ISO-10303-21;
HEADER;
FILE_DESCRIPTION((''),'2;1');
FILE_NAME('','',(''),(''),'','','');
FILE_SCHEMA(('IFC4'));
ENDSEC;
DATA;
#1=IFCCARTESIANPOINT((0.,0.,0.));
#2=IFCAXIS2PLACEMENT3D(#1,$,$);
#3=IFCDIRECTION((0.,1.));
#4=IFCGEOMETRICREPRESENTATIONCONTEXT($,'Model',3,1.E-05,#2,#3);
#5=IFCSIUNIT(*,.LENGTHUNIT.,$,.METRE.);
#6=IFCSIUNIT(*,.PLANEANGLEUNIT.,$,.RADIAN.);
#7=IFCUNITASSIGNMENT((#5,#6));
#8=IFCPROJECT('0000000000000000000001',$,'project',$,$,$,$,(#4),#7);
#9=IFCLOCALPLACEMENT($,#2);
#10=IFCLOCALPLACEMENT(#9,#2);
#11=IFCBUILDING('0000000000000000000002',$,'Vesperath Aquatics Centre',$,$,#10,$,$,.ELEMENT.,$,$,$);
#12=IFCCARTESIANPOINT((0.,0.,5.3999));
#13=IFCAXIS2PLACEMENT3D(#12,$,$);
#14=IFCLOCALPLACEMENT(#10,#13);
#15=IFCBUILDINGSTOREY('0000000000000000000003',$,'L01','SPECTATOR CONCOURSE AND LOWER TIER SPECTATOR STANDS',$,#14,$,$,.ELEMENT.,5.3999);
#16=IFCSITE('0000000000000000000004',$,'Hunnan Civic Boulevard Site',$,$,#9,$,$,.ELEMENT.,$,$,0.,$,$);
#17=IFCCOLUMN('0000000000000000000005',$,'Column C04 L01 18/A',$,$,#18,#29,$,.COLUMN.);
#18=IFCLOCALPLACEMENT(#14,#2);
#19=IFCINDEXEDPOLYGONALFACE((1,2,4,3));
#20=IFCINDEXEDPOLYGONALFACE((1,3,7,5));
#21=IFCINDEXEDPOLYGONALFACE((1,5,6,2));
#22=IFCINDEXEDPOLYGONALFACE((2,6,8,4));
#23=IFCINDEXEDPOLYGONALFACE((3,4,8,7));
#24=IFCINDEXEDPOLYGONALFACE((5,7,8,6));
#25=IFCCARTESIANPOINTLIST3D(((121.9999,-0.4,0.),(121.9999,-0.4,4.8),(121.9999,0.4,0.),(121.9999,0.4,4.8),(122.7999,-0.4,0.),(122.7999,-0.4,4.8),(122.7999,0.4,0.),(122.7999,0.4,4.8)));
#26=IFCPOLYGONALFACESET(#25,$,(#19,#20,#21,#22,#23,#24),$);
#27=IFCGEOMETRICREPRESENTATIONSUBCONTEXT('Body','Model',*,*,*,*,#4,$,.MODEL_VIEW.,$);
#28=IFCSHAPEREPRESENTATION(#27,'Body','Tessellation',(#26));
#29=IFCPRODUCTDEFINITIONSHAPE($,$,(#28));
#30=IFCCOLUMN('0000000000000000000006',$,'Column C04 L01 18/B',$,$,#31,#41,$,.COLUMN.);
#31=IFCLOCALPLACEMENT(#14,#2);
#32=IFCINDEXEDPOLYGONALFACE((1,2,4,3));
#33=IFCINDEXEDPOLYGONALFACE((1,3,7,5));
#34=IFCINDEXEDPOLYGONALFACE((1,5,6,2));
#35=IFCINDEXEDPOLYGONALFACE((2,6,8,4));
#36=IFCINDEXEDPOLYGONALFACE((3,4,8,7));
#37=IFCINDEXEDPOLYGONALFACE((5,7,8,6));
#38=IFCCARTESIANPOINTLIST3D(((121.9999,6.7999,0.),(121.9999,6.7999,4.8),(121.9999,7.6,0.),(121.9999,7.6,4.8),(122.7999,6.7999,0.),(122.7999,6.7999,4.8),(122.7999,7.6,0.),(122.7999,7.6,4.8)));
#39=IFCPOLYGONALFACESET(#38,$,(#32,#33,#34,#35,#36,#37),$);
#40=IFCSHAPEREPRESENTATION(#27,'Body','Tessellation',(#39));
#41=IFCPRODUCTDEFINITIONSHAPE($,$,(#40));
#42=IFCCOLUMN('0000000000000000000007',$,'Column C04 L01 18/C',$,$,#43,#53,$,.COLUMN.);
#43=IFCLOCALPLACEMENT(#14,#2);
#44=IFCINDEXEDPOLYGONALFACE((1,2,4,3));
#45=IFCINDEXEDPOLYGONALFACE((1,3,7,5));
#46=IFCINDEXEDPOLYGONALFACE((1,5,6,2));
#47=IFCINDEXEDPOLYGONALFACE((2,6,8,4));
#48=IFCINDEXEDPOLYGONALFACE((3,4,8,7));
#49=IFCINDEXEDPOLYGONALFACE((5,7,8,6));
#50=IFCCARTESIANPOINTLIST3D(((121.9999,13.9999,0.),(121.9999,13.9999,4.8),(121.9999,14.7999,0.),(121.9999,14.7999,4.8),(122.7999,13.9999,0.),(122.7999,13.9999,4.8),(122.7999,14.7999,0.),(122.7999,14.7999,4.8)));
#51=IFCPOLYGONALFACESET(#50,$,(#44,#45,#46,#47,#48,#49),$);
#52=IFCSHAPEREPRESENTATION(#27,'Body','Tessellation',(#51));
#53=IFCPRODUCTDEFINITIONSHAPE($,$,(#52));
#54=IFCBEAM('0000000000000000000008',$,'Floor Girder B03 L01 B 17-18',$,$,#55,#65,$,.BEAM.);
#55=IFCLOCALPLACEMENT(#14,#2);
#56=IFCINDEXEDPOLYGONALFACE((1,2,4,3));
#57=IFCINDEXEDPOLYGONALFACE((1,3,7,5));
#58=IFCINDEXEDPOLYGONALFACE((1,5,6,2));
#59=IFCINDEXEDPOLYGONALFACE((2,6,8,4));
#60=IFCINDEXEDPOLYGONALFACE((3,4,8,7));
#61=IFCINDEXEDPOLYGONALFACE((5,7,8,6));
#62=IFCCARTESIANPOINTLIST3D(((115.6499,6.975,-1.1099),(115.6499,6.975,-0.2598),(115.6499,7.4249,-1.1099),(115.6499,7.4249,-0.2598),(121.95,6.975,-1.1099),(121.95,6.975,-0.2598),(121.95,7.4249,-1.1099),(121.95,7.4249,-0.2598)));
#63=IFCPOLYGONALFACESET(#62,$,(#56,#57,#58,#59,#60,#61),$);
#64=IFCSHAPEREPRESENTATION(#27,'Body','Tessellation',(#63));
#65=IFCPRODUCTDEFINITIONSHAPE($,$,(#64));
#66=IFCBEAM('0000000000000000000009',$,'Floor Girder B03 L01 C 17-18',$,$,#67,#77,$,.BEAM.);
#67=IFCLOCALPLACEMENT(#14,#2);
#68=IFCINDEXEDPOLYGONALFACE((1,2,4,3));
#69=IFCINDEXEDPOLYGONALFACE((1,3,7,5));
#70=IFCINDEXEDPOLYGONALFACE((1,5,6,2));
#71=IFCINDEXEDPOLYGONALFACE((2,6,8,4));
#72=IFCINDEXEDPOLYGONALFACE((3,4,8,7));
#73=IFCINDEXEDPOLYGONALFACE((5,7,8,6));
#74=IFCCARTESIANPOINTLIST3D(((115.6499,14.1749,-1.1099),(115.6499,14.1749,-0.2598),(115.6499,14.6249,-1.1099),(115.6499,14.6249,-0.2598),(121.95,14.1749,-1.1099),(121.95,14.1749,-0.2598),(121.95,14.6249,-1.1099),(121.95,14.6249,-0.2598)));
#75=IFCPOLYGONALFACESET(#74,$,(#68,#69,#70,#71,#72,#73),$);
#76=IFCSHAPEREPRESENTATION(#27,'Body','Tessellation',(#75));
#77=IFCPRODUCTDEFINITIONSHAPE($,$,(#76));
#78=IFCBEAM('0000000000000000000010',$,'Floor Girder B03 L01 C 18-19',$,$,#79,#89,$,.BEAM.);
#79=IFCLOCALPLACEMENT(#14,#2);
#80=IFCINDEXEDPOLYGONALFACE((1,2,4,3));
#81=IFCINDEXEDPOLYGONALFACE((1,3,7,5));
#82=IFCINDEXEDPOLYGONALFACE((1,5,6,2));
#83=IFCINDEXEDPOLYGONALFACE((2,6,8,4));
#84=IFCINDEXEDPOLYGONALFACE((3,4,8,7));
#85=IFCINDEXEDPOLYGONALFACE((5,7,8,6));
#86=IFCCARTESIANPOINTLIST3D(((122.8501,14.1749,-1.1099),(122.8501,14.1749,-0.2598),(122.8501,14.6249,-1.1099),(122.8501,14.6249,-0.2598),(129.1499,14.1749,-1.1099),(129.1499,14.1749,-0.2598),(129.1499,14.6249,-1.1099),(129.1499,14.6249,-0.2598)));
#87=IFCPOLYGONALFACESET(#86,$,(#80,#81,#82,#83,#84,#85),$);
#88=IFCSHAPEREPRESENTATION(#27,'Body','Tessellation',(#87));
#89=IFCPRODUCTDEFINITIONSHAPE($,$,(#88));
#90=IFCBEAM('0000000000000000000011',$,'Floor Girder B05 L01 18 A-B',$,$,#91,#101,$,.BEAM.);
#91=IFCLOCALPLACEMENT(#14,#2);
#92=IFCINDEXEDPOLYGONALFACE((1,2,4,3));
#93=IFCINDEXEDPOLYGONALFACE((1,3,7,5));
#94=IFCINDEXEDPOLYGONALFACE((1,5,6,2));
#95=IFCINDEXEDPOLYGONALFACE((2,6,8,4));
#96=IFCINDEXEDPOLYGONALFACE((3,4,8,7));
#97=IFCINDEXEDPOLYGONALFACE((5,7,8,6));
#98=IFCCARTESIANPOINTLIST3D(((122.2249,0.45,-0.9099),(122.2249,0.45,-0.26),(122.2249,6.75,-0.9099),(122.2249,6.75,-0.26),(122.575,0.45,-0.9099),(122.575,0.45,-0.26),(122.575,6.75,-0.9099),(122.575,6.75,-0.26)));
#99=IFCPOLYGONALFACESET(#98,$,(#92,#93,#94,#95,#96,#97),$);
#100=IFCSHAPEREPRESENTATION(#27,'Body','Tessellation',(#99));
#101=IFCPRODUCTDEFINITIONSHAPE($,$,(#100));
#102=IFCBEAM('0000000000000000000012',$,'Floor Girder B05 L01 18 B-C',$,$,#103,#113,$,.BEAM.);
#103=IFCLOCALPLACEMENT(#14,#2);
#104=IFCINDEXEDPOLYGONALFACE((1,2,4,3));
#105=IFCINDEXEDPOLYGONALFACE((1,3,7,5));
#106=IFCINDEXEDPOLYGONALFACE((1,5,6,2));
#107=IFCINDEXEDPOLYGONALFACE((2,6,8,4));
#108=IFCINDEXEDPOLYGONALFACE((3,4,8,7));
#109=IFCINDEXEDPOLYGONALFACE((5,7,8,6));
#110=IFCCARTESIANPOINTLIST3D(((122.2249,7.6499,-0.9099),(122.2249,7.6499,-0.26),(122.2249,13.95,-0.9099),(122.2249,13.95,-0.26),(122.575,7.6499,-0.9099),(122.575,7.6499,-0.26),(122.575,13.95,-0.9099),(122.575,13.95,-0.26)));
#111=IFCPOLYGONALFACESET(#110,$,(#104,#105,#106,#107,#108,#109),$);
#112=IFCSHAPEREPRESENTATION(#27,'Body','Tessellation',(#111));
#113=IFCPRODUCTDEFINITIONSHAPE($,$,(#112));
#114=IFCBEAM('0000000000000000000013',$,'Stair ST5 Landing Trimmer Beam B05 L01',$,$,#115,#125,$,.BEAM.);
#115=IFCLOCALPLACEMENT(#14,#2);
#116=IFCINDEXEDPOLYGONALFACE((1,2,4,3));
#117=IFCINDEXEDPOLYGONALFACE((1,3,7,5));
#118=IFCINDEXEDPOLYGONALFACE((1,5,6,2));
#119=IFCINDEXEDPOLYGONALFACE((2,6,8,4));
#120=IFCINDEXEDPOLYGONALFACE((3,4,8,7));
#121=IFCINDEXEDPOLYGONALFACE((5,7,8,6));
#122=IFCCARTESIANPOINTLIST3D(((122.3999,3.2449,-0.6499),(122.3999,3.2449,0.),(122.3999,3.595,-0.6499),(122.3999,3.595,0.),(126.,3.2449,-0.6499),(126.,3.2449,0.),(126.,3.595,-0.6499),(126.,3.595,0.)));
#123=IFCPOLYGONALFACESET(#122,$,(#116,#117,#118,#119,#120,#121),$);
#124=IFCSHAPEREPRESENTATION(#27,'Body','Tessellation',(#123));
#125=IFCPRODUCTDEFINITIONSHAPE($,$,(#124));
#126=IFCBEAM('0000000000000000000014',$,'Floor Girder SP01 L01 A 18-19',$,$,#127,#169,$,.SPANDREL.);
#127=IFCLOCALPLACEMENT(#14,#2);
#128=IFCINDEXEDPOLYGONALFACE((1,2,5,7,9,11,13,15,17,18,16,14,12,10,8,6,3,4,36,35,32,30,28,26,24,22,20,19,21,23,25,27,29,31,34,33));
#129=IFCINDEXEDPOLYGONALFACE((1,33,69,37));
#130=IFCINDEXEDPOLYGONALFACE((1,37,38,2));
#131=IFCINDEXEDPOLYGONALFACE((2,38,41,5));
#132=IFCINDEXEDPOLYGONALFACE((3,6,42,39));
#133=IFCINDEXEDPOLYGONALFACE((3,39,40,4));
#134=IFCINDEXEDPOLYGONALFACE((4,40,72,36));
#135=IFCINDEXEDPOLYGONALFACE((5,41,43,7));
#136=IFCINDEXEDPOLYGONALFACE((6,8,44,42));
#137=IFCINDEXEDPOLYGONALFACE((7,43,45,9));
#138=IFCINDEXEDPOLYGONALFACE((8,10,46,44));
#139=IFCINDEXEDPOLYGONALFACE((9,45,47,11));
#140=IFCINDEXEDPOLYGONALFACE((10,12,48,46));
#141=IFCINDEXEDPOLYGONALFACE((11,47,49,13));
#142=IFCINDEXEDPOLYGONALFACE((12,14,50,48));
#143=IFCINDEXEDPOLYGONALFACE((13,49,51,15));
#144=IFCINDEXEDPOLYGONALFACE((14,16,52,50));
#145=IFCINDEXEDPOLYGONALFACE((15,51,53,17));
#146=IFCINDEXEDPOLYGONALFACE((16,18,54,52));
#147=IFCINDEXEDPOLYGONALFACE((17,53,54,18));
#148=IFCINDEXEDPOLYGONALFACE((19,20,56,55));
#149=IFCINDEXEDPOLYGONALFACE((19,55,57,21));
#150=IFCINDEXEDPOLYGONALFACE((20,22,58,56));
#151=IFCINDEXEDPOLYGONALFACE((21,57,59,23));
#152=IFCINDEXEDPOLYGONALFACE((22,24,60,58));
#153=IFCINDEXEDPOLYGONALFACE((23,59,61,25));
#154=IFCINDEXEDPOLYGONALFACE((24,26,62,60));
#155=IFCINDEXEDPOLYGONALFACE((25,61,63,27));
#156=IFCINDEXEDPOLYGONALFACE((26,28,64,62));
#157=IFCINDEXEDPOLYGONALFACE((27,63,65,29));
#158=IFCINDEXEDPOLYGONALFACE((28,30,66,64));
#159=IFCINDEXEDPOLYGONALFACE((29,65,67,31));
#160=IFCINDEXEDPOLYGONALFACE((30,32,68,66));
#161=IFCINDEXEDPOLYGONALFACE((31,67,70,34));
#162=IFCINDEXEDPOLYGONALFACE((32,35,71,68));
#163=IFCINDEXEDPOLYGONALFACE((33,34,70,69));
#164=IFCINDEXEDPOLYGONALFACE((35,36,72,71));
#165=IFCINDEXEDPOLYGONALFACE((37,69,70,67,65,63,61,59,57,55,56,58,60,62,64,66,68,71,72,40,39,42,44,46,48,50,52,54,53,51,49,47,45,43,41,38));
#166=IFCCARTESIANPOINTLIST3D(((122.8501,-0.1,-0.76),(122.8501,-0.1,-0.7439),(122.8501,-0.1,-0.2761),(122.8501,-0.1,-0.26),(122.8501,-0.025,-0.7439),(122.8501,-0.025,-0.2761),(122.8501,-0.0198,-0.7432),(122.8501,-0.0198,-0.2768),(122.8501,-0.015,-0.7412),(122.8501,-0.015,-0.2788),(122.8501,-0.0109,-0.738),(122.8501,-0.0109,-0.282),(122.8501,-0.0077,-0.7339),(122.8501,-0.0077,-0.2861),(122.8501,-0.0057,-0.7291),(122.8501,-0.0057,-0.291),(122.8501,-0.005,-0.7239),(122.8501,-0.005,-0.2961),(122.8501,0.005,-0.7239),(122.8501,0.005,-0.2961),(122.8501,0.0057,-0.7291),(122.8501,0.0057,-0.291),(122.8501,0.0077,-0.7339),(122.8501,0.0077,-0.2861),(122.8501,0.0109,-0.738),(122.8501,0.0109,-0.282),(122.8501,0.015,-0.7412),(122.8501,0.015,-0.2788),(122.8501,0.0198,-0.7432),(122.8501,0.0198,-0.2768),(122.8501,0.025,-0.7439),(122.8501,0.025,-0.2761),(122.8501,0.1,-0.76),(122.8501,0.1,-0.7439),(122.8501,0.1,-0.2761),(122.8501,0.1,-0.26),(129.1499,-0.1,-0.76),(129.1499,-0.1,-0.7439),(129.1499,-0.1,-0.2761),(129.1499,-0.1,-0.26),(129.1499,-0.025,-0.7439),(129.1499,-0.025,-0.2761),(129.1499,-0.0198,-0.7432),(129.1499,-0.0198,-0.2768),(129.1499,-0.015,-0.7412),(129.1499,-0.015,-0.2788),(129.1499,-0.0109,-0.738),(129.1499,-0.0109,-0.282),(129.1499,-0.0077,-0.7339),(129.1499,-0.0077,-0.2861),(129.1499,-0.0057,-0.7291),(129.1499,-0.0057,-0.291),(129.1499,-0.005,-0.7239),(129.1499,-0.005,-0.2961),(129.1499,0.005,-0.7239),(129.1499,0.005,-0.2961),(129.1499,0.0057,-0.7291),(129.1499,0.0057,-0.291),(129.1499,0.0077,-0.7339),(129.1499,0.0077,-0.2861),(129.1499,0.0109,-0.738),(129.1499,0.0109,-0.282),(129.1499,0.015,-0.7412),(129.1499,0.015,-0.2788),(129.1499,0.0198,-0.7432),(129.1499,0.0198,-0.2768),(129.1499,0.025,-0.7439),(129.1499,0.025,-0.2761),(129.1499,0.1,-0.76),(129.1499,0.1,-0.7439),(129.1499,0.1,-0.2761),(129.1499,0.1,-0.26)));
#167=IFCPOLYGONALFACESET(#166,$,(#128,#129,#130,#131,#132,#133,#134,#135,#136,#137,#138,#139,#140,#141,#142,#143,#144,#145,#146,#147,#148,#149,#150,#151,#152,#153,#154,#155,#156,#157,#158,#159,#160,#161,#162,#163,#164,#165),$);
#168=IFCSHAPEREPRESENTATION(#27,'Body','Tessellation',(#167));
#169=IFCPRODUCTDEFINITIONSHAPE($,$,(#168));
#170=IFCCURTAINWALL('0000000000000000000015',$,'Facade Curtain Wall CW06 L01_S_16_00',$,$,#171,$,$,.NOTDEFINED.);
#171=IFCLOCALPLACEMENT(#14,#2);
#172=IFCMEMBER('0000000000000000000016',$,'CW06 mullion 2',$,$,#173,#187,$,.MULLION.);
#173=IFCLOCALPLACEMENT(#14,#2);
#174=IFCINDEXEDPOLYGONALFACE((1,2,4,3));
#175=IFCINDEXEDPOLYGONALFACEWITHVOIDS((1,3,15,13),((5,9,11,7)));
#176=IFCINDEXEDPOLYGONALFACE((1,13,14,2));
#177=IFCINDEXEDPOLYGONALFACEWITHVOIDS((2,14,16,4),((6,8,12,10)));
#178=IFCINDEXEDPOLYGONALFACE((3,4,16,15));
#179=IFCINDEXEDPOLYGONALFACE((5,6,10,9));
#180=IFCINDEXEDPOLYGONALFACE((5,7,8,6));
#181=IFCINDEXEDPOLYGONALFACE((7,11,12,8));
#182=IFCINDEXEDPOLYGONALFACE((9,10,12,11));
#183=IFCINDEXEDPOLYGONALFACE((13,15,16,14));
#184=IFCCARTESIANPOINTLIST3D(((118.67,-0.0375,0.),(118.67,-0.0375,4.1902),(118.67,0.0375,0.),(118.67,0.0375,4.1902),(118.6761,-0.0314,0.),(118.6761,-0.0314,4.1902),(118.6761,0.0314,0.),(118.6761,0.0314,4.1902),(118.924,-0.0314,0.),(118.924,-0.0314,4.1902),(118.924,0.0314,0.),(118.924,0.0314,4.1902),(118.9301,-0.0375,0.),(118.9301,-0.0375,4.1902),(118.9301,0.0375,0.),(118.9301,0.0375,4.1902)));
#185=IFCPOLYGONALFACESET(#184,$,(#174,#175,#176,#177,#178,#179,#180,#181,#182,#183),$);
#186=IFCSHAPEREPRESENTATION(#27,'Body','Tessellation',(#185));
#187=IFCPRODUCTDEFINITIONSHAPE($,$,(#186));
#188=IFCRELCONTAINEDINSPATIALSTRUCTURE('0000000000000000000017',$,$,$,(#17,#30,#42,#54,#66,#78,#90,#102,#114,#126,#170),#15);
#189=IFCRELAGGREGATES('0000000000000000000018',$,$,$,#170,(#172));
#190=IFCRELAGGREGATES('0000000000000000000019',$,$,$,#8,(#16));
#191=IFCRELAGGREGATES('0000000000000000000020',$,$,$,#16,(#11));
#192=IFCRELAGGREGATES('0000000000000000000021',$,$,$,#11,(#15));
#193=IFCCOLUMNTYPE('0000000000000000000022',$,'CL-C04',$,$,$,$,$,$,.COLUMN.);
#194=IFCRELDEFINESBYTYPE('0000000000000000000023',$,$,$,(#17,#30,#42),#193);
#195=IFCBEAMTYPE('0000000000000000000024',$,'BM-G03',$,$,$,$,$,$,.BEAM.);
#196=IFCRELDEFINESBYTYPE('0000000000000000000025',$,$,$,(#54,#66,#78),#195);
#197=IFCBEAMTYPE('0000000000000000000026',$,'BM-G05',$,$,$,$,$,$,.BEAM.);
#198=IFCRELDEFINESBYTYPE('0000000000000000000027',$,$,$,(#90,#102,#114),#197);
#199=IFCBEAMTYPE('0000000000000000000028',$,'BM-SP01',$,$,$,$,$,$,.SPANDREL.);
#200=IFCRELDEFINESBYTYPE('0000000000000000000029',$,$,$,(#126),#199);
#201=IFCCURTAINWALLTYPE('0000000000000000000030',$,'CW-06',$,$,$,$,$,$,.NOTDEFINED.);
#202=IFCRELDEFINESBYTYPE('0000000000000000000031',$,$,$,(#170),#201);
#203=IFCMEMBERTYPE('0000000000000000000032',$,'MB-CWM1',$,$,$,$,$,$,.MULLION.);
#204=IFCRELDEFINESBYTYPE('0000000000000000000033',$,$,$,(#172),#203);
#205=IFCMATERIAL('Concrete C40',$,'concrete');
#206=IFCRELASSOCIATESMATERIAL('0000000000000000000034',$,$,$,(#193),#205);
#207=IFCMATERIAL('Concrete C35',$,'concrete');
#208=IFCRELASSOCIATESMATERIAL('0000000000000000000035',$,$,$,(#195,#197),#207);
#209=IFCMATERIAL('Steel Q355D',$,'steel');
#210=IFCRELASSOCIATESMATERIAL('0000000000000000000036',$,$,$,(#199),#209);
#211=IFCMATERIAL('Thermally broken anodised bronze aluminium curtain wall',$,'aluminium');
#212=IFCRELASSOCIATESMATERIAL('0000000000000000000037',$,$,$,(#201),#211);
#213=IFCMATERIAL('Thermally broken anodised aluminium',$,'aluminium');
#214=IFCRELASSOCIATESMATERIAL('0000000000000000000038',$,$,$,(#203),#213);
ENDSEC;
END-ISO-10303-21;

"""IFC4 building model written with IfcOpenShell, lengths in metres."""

from ifc_helpers import new_model, si_unit, direction, frame, origin, origin_2d, place, context, subcontext, project, spatial, rectangle, hollow_rectangle, i_section, extrude, material, material_profile, profile_set, type_object, element, aggregate, save


model = new_model("IFC4")

# Units and contexts
model_context = context("Model", 3, precision=1e-05, world=origin(), true_north=direction((0.0, 1.0)))
body_context = subcontext(model_context, "Body", "Model", "MODEL_VIEW")
ifc_project = project(units=[si_unit("LENGTHUNIT", "METRE"), si_unit("PLANEANGLEUNIT", "RADIAN")], contexts=[model_context])

# Site, building, storey
site_placement = place(None, origin())
site = spatial("IfcSite", under=ifc_project, at=site_placement, Name="Hunnan Civic Boulevard Site", CompositionType="ELEMENT", RefElevation=0.0)
building_placement = place(site_placement, origin())
building = spatial("IfcBuilding", under=site, at=building_placement, Name="Vesperath Aquatics Centre", CompositionType="ELEMENT")
storey_placement = place(building_placement, frame((0.0, 0.0, 5.3999)))
storey = spatial("IfcBuildingStorey", under=building, at=storey_placement, Name="L01", Description="SPECTATOR CONCOURSE AND LOWER TIER SPECTATOR STANDS", CompositionType="ELEMENT", Elevation=5.3999)

# Columns
ifc_material_1 = material(Name="Concrete C40", Category="concrete")
ifc_material_profile_1 = material_profile(ifc_material_1, rectangle(XDim=0.8, YDim=0.8, at=origin_2d()), Name="RC 800x800")
ifc_profile_set_1 = profile_set([ifc_material_profile_1], Name="Concrete C40")
column_type = type_object("IfcColumnType", Name="CL-C04", PredefinedType="COLUMN", material=ifc_profile_set_1)
for number, where, z_axis, x_axis, name in (
    (1, (122.3999, 0.0, 0.0), (0.0, 0.0, 1.0), (1.0, 0.0, 0.0), "Column C04 L01 18/A"),
    (2, (122.3999, 7.2, 0.0), (0.0, 0.0, 1.0), (1.0, 0.0, 0.0), "Column C04 L01 18/B"),
    (3, (122.3999, 14.3999, 0.0), (0.0, 0.0, 1.0), (1.0, 0.0, 0.0), "Column C04 L01 18/C"),
):
    element("IfcColumn", number, at=place(storey_placement, frame(where, z_axis=z_axis, x_axis=x_axis)), inside=storey, type_object=column_type, Name=name, PredefinedType="COLUMN", context=body_context, shape_type="SweptSolid", body=[
        extrude(rectangle(XDim=0.8, YDim=0.8, at=origin_2d()), origin(), (0.0, 0.0, 1.0), 4.8),
    ])

# Beams
ifc_material_2 = material(Name="Concrete C35", Category="concrete")
ifc_material_profile_2 = material_profile(ifc_material_2, rectangle(XDim=0.45, YDim=0.8501, at=origin_2d()), Name="RC 450x850")
ifc_profile_set_2 = profile_set([ifc_material_profile_2], Name="Concrete C35")
beam_type_1 = type_object("IfcBeamType", Name="BM-G03", PredefinedType="BEAM", material=ifc_profile_set_2)
for number, where, z_axis, x_axis, name in (
    (4, (115.6499, 7.2, -0.6848), (1.0, 0.0, 0.0), (0.0, 1.0, 0.0), "Floor Girder B03 L01 B 17-18"),
    (5, (115.6499, 14.3999, -0.6848), (1.0, 0.0, 0.0), (0.0, 1.0, 0.0), "Floor Girder B03 L01 C 17-18"),
):
    element("IfcBeam", number, at=place(storey_placement, frame(where, z_axis=z_axis, x_axis=x_axis)), inside=storey, type_object=beam_type_1, Name=name, PredefinedType="BEAM", context=body_context, shape_type="SweptSolid", body=[
        extrude(rectangle(XDim=0.45, YDim=0.8501, at=origin_2d()), origin(), (0.0, 0.0, 1.0), 6.3),
    ])
beam_1_placement = place(storey_placement, frame((122.8501, 14.3999, -0.6848), z_axis=(1.0, 0.0, 0.0), x_axis=(0.0, 1.0, 0.0)))
element("IfcBeam", 6, at=beam_1_placement, inside=storey, type_object=beam_type_1, Name="Floor Girder B03 L01 C 18-19", PredefinedType="BEAM", context=body_context, shape_type="SweptSolid", body=[
    extrude(rectangle(XDim=0.45, YDim=0.8501, at=origin_2d()), origin(), (0.0, 0.0, 1.0), 6.2998),
])
ifc_material_profile_3 = material_profile(ifc_material_2, rectangle(XDim=0.3501, YDim=0.6499, at=origin_2d()), Name="RC 350x650")
ifc_profile_set_3 = profile_set([ifc_material_profile_3], Name="Concrete C35")
beam_type_2 = type_object("IfcBeamType", Name="BM-G05", PredefinedType="BEAM", material=ifc_profile_set_3)
for number, where, z_axis, x_axis, name in (
    (7, (122.3999, 0.45, -0.585), (0.0, 1.0, 0.0), (-1.0, 0.0, 0.0), "Floor Girder B05 L01 18 A-B"),
    (8, (122.3999, 7.6499, -0.585), (0.0, 1.0, 0.0), (-1.0, 0.0, 0.0), "Floor Girder B05 L01 18 B-C"),
):
    element("IfcBeam", number, at=place(storey_placement, frame(where, z_axis=z_axis, x_axis=x_axis)), inside=storey, type_object=beam_type_2, Name=name, PredefinedType="BEAM", context=body_context, shape_type="SweptSolid", body=[
        extrude(rectangle(XDim=0.3501, YDim=0.6499, at=origin_2d()), origin(), (0.0, 0.0, 1.0), 6.3),
    ])
beam_2_placement = place(storey_placement, frame((122.3999, 3.4199, -0.325), z_axis=(1.0, 0.0, 0.0), x_axis=(0.0, 1.0, 0.0)))
element("IfcBeam", 9, at=beam_2_placement, inside=storey, type_object=beam_type_2, Name="Stair ST5 Landing Trimmer Beam B05 L01", PredefinedType="BEAM", context=body_context, shape_type="SweptSolid", body=[
    extrude(rectangle(XDim=0.3501, YDim=0.6499, at=origin_2d()), origin(), (0.0, 0.0, 1.0), 3.6001),
])
ifc_material_3 = material(Name="Steel Q355D", Category="steel")
ifc_material_profile_4 = material_profile(ifc_material_3, i_section(OverallWidth=0.2, OverallDepth=0.5, WebThickness=0.01, FlangeThickness=0.0161, FilletRadius=0.02, at=origin_2d()), Name="HN 500x200x10x16")
ifc_profile_set_4 = profile_set([ifc_material_profile_4], Name="Steel Q355D")
beam_type_3 = type_object("IfcBeamType", Name="BM-SP01", PredefinedType="SPANDREL", material=ifc_profile_set_4)
beam_3_placement = place(storey_placement, frame((122.8501, 0.0, -0.51), z_axis=(1.0, 0.0, 0.0), x_axis=(0.0, 1.0, 0.0)))
element("IfcBeam", 10, at=beam_3_placement, inside=storey, type_object=beam_type_3, Name="Floor Girder SP01 L01 A 18-19", PredefinedType="SPANDREL", context=body_context, shape_type="SweptSolid", body=[
    extrude(i_section(OverallWidth=0.2, OverallDepth=0.5, WebThickness=0.01, FlangeThickness=0.0161, FilletRadius=0.02, at=origin_2d()), origin(), (0.0, 0.0, 1.0), 6.2998),
])

# Curtain wall, member
ifc_material_4 = material(Name="Thermally broken anodised bronze aluminium curtain wall", Category="aluminium")
curtain_wall_type = type_object("IfcCurtainWallType", Name="CW-06", PredefinedType="NOTDEFINED", material=ifc_material_4)
curtain_wall_placement = place(storey_placement, origin())
curtain_wall = element("IfcCurtainWall", 11, at=curtain_wall_placement, inside=storey, type_object=curtain_wall_type, Name="Facade Curtain Wall CW06 L01_S_16_00", PredefinedType="NOTDEFINED")
ifc_material_5 = material(Name="Thermally broken anodised aluminium", Category="aluminium")
ifc_material_profile_5 = material_profile(ifc_material_5, hollow_rectangle(XDim=0.075, YDim=0.26, WallThickness=0.0061, at=origin_2d()), Name="CWM 75x260x6")
ifc_profile_set_5 = profile_set([ifc_material_profile_5], Name="Thermally broken anodised aluminium")
member_type_1 = type_object("IfcMemberType", Name="MB-CWM1", PredefinedType="MULLION", material=ifc_profile_set_5)
member_1_placement = place(storey_placement, frame((118.8, 0.0, 0.0), z_axis=(0.0, 0.0, 1.0), x_axis=(0.0, 1.0, 0.0)))
member_1 = element("IfcMember", 12, at=member_1_placement, type_object=member_type_1, Name="CW06 mullion 2", PredefinedType="MULLION", context=body_context, shape_type="SweptSolid", body=[
    extrude(hollow_rectangle(XDim=0.075, YDim=0.26, WallThickness=0.0061, at=origin_2d()), origin(), (0.0, 0.0, 1.0), 4.1902),
])

aggregate(curtain_wall, [member_1])

save(model, "model.ifc")
